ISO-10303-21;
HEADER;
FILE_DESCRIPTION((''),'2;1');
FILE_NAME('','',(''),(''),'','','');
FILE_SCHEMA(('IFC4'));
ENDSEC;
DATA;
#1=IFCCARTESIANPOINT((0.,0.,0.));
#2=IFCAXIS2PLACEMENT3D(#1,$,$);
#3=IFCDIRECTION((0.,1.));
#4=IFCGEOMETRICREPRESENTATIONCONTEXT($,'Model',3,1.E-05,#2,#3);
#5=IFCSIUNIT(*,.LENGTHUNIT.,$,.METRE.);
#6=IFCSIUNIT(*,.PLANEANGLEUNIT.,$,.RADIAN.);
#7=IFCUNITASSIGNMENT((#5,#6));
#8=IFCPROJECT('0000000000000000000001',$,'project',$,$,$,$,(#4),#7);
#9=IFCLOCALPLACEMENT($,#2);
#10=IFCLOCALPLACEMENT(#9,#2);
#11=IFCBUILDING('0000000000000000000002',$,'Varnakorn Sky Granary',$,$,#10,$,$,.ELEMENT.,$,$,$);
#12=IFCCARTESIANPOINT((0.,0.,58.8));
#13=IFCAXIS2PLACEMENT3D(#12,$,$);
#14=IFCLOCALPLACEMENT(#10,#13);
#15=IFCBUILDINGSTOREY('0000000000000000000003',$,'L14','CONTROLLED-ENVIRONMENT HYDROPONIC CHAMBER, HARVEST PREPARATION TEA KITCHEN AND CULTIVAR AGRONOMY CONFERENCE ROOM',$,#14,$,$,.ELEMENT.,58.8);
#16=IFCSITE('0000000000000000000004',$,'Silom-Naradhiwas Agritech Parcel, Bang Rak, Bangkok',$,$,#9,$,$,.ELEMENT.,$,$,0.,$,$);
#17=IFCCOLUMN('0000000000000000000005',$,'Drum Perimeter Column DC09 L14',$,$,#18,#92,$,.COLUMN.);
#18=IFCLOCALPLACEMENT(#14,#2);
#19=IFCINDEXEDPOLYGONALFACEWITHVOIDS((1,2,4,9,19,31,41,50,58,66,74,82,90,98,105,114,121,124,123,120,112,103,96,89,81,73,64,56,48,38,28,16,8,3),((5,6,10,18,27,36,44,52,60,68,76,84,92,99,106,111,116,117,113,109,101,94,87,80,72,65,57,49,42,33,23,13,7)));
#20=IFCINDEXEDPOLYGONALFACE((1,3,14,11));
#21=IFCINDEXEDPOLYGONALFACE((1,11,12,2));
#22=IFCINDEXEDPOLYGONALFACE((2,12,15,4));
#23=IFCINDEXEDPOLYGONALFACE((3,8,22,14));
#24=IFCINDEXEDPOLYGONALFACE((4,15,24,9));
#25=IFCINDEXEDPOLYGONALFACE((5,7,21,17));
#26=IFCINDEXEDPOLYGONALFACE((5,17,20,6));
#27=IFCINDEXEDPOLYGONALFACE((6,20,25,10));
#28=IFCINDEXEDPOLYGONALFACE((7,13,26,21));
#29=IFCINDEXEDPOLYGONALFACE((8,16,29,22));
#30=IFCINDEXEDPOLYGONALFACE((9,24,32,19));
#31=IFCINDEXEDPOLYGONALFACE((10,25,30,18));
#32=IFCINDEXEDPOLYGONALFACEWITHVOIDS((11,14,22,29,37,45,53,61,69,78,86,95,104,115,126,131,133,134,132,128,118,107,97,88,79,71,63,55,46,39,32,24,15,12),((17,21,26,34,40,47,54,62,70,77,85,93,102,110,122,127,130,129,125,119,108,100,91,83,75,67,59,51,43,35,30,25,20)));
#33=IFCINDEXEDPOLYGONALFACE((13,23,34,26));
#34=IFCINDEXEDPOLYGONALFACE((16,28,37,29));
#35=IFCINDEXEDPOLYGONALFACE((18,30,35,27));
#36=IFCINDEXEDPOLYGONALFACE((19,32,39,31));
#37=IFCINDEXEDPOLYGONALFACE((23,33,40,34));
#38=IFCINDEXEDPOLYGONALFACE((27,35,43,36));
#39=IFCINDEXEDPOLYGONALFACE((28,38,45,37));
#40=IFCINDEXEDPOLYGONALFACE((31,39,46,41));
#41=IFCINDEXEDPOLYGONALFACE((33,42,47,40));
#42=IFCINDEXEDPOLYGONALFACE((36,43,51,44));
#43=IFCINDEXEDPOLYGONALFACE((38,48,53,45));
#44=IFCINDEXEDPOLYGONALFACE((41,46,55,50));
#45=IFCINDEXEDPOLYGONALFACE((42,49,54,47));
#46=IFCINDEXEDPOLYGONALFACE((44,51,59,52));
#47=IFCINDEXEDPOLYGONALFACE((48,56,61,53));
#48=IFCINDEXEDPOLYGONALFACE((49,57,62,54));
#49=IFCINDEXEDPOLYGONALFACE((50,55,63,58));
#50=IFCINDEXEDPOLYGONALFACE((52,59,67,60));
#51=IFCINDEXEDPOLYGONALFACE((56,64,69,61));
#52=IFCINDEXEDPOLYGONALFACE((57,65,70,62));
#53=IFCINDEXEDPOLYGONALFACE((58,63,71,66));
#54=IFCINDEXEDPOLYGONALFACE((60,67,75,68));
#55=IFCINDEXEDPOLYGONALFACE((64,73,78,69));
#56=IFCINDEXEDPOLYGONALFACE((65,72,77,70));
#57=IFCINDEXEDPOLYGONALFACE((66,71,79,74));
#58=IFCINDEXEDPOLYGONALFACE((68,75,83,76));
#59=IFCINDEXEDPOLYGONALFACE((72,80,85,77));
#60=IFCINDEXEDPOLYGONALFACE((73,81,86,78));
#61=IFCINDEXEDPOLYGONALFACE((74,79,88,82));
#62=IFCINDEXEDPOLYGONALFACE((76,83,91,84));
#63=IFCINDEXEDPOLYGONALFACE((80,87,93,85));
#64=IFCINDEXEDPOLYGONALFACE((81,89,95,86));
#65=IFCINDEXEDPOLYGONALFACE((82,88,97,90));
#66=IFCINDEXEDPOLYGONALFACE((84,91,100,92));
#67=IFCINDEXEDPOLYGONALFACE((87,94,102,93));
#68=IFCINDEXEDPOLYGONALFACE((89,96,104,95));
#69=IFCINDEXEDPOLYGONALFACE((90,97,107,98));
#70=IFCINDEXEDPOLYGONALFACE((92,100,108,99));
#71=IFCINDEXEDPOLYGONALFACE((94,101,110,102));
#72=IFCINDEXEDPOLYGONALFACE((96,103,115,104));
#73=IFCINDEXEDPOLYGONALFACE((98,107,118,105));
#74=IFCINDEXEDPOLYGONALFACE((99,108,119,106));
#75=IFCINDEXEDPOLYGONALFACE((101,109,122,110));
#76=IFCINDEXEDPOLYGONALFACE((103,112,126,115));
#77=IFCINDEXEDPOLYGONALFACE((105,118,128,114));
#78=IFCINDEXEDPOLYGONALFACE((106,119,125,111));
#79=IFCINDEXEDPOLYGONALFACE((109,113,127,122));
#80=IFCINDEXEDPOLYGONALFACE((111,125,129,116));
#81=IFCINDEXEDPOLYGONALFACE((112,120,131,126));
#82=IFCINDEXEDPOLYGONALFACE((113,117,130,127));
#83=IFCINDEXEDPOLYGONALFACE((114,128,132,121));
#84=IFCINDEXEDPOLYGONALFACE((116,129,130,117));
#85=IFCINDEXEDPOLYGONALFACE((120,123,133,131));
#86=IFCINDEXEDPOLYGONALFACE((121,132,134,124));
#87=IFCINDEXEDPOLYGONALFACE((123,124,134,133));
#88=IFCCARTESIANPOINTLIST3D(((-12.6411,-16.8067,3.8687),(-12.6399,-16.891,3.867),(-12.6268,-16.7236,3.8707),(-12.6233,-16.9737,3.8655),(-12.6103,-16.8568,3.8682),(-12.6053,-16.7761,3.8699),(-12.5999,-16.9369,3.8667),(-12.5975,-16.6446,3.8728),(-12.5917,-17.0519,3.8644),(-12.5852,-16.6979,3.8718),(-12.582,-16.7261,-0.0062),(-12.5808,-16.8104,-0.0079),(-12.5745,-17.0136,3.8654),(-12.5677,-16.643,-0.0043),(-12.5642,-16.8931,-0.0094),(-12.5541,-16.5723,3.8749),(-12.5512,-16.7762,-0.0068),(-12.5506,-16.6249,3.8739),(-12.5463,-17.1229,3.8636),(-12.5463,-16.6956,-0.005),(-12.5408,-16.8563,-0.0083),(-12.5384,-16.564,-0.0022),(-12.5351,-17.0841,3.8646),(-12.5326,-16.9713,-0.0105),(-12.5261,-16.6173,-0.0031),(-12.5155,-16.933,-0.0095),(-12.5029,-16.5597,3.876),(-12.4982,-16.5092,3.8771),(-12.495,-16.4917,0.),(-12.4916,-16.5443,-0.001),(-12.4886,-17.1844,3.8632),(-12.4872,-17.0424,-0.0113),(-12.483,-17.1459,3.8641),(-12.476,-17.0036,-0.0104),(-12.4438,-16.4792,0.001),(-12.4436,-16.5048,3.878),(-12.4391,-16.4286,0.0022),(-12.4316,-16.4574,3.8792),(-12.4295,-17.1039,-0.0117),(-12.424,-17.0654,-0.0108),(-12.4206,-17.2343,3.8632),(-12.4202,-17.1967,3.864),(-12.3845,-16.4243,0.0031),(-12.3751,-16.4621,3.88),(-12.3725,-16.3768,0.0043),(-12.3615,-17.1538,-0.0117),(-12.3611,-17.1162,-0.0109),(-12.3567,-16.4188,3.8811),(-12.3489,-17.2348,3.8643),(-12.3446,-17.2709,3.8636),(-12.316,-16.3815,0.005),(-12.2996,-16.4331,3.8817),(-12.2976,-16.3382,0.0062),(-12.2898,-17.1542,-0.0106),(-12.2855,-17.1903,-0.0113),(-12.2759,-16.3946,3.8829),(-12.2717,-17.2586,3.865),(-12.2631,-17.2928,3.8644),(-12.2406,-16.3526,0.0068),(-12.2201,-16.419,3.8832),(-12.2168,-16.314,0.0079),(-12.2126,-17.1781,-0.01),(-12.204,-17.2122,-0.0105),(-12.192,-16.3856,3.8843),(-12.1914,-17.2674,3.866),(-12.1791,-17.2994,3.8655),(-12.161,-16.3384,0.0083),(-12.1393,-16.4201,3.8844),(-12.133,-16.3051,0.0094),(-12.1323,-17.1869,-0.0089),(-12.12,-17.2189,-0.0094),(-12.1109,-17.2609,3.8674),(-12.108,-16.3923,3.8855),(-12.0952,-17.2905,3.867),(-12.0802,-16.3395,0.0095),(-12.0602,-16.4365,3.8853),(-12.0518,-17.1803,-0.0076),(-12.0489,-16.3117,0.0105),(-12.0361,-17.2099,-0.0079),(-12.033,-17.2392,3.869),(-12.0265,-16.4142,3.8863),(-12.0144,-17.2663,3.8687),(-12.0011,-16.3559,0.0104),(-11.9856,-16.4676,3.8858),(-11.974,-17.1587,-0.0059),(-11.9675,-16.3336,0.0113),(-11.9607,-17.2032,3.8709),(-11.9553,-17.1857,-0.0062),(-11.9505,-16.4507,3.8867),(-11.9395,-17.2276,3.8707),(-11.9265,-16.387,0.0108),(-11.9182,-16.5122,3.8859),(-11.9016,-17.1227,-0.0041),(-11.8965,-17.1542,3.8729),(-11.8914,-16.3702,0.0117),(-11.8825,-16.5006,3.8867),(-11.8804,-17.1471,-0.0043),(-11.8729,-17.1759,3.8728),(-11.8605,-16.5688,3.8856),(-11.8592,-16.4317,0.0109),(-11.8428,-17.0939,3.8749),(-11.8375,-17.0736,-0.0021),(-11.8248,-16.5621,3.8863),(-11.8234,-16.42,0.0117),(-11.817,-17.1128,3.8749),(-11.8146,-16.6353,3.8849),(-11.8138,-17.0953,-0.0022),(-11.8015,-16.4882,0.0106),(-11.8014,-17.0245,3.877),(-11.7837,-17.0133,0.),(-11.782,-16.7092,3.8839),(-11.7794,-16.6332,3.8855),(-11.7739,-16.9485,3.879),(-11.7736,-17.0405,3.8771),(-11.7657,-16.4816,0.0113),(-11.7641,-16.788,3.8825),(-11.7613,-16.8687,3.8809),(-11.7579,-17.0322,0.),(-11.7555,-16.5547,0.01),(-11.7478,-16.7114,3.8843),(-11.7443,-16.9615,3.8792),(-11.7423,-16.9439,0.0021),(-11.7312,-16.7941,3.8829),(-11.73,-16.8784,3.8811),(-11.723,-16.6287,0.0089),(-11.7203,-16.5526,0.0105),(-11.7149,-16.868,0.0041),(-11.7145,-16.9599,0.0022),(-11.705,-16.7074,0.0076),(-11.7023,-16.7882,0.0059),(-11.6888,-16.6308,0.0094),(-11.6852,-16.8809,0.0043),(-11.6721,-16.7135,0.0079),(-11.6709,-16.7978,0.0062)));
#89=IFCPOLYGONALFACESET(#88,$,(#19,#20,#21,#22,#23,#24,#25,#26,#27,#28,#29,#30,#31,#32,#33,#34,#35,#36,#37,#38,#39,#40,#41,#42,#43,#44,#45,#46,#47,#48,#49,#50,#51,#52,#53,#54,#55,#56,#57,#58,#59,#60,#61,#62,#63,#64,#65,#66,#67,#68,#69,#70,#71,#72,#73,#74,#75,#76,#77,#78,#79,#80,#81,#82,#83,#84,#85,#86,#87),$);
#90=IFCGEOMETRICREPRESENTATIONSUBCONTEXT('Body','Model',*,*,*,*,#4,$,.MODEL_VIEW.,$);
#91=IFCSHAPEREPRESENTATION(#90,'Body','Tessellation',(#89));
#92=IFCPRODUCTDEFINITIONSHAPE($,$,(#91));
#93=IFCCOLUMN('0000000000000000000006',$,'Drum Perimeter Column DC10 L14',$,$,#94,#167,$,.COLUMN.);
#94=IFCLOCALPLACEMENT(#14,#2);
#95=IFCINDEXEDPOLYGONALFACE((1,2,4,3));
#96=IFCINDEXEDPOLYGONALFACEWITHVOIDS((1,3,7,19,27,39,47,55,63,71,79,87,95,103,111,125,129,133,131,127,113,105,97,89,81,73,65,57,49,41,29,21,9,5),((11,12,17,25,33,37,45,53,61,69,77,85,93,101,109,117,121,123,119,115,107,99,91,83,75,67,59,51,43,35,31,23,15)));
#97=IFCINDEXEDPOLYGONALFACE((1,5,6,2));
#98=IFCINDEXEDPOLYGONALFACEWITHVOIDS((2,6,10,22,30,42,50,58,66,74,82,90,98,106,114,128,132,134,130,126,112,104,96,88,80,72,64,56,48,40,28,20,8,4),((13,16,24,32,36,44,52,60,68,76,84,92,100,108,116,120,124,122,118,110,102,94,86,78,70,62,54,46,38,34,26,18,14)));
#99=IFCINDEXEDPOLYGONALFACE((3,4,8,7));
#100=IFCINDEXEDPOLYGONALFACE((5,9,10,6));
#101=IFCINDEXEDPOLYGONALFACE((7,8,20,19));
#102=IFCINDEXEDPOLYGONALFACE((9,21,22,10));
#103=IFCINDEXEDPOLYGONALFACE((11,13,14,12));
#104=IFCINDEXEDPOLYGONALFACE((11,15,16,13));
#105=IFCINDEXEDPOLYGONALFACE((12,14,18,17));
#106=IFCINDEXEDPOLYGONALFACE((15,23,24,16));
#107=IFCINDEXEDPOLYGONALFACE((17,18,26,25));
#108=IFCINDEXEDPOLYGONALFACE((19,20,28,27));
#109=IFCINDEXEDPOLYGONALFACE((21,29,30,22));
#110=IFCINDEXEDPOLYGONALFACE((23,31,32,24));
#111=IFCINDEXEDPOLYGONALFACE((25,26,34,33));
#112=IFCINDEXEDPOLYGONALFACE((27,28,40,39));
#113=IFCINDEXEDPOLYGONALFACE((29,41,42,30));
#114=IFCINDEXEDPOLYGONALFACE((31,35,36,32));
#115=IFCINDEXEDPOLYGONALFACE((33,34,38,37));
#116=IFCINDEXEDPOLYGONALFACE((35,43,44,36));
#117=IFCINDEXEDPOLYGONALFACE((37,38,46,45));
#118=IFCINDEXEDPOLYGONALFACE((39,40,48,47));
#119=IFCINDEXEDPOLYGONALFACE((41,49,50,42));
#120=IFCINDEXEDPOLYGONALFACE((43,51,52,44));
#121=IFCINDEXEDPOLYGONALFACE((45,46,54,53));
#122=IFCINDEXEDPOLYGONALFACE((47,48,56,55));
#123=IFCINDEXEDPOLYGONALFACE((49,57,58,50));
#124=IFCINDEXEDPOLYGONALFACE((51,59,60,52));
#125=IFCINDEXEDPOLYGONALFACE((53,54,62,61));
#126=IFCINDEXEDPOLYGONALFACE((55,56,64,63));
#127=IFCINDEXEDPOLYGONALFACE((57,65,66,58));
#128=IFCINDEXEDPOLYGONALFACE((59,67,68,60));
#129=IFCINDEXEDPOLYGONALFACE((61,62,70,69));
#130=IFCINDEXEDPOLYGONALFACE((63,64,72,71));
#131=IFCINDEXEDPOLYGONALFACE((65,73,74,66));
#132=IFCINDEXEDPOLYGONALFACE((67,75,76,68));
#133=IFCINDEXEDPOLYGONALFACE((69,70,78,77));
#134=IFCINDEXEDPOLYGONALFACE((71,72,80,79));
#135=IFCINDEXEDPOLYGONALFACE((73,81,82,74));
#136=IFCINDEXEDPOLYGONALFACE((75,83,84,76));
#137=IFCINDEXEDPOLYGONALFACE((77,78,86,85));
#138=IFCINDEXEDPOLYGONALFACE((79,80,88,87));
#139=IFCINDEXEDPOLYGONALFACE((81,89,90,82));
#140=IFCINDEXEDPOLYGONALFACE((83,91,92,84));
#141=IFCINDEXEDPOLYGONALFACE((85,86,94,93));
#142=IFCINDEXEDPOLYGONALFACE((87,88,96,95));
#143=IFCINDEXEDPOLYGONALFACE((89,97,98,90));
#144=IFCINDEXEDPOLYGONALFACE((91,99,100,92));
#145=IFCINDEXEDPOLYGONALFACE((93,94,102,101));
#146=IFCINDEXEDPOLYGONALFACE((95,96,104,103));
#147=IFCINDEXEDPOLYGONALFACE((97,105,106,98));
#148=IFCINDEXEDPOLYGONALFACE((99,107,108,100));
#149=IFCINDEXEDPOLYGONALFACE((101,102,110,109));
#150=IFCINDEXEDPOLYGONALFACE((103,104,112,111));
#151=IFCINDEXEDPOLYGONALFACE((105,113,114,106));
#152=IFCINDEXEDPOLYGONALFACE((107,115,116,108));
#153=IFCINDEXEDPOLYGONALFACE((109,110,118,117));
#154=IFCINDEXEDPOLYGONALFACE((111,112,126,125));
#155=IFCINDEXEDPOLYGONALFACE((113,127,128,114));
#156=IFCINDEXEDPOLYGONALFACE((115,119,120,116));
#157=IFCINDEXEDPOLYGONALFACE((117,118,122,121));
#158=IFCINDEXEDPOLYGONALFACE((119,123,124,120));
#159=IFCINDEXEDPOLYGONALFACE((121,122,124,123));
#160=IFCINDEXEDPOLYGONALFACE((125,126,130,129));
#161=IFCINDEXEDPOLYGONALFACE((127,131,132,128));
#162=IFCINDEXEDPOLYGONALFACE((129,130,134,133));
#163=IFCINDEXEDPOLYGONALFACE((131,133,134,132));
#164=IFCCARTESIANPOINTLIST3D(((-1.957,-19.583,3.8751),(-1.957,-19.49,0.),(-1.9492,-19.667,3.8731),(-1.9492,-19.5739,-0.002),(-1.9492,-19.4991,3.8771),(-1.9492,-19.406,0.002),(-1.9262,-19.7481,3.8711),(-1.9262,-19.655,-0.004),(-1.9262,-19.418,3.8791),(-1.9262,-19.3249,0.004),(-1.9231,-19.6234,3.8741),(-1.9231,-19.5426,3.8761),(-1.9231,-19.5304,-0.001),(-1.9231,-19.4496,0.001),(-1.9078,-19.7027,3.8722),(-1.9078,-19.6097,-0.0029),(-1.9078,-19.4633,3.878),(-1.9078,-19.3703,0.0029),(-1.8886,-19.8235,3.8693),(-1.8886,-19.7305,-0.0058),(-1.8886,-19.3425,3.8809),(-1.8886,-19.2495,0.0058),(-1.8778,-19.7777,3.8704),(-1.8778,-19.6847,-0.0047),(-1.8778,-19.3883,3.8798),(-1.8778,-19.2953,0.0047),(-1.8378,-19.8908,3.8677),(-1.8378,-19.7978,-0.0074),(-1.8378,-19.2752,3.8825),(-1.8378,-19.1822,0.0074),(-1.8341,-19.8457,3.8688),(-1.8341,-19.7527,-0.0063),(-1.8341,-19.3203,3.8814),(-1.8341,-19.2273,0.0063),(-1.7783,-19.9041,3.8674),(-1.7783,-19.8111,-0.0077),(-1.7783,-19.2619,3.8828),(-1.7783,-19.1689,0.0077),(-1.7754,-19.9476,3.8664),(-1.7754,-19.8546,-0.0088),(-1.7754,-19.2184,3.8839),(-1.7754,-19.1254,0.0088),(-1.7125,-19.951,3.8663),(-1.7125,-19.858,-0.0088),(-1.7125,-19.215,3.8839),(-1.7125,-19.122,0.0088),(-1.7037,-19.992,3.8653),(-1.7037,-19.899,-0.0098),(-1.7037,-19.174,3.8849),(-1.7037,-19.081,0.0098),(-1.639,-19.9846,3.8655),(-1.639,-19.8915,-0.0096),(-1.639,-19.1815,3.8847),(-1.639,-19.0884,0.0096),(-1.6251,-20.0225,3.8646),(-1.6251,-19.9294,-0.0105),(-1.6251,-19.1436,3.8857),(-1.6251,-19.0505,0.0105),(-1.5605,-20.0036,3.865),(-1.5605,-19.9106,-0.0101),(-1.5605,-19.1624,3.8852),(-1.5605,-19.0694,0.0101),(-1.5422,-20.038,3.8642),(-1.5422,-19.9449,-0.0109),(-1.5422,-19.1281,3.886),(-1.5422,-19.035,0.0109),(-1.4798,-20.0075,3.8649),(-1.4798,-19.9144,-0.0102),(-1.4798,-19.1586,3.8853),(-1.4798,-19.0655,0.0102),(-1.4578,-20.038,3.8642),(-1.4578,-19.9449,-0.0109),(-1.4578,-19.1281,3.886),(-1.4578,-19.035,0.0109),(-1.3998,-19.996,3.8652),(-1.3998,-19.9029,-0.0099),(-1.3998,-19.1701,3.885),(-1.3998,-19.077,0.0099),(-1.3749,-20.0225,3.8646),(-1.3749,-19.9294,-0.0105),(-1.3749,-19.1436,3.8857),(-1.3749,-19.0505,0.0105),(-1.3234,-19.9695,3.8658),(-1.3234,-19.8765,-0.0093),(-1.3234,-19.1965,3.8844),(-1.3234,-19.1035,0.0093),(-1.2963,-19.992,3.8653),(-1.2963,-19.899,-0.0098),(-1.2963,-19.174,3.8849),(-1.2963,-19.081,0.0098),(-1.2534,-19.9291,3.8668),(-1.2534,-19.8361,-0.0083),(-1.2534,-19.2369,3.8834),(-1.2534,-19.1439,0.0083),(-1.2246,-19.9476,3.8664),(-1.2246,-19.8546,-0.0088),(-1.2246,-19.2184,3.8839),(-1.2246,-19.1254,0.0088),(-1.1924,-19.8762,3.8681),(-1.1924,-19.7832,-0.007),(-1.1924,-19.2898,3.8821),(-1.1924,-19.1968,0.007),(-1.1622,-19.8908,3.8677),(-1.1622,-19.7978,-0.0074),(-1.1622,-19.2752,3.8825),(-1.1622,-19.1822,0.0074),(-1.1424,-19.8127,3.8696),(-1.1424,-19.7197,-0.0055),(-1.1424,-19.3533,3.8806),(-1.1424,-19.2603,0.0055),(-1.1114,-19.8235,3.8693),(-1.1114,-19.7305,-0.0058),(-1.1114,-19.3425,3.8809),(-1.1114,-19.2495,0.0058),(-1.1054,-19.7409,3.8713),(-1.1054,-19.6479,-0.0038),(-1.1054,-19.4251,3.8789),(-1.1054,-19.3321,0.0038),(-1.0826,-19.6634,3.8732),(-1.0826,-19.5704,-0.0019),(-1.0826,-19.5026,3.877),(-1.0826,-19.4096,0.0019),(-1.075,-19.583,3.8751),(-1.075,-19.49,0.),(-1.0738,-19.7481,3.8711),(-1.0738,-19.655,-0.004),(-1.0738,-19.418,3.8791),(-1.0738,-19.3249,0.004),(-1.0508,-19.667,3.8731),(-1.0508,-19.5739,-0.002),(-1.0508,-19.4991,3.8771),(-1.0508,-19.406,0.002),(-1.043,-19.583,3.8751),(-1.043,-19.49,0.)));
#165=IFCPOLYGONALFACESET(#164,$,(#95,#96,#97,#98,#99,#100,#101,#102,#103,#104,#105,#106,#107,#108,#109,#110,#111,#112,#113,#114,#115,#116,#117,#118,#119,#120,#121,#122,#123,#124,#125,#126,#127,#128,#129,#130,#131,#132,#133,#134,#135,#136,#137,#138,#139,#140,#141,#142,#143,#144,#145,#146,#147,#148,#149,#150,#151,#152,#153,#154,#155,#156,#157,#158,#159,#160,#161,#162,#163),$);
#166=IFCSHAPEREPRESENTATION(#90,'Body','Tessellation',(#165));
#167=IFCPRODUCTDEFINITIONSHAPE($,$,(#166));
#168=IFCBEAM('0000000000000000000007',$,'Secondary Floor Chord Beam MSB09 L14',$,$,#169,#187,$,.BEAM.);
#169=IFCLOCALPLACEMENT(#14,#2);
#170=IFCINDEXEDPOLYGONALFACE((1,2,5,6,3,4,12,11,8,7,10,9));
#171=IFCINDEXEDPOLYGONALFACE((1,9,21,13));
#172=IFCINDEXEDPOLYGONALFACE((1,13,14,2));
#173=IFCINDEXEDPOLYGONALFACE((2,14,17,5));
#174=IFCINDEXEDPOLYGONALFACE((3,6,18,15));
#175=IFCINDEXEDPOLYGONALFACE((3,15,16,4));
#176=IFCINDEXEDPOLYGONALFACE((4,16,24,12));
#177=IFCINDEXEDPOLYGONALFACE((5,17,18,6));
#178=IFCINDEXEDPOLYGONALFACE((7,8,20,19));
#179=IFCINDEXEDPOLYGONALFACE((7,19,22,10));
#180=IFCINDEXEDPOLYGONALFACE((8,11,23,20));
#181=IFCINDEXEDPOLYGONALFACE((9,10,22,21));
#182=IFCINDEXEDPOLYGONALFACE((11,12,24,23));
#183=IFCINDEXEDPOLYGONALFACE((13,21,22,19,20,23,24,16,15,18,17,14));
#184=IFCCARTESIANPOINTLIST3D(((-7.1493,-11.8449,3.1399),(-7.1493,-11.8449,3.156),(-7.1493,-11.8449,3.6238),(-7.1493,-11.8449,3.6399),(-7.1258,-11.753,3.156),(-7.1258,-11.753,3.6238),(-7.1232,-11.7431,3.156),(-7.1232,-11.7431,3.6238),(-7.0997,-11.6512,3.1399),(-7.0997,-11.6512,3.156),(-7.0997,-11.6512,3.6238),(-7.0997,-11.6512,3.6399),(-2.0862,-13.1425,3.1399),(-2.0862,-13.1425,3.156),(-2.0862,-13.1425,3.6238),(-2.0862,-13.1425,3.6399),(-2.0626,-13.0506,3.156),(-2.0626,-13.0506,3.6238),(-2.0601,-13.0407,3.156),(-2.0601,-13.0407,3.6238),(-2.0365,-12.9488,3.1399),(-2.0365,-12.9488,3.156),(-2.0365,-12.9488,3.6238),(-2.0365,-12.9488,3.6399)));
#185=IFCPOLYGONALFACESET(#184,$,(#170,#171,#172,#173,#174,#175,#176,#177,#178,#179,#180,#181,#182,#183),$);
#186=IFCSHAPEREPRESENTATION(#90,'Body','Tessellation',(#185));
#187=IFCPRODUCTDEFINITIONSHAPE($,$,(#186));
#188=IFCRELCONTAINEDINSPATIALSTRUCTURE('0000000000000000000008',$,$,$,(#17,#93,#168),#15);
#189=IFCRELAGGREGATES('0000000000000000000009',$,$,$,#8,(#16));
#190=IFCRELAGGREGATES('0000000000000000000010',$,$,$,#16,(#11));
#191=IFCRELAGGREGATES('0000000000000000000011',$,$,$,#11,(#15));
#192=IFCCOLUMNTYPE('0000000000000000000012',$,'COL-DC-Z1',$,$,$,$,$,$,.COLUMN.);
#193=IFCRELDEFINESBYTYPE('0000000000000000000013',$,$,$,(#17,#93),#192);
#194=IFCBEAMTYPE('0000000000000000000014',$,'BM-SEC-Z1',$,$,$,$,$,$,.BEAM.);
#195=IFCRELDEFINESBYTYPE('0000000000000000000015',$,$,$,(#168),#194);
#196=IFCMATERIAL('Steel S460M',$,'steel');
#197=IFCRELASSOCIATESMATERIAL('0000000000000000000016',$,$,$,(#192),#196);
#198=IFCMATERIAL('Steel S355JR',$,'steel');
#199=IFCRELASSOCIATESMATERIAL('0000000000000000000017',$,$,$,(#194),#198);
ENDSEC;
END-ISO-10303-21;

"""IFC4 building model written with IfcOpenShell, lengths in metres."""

from ifc_helpers import new_model, si_unit, direction, frame, origin, origin_2d, place, context, subcontext, project, spatial, hollow_circle, i_section, extrude, material, material_profile, profile_set, type_object, element, save


model = new_model("IFC4")

# Units and contexts
model_context = context("Model", 3, precision=1e-05, world=origin(), true_north=direction((0.0, 1.0)))
body_context = subcontext(model_context, "Body", "Model", "MODEL_VIEW")
ifc_project = project(units=[si_unit("LENGTHUNIT", "METRE"), si_unit("PLANEANGLEUNIT", "RADIAN")], contexts=[model_context])

# Site, building, storey
site_placement = place(None, origin())
site = spatial("IfcSite", under=ifc_project, at=site_placement, Name="Silom-Naradhiwas Agritech Parcel, Bang Rak, Bangkok", CompositionType="ELEMENT", RefElevation=0.0)
building_placement = place(site_placement, origin())
building = spatial("IfcBuilding", under=site, at=building_placement, Name="Varnakorn Sky Granary", CompositionType="ELEMENT")
storey_placement = place(building_placement, frame((0.0, 0.0, 58.8)))
storey = spatial("IfcBuildingStorey", under=building, at=storey_placement, Name="L14", Description="CONTROLLED-ENVIRONMENT HYDROPONIC CHAMBER, HARVEST PREPARATION TEA KITCHEN AND CULTIVAR AGRONOMY CONFERENCE ROOM", CompositionType="ELEMENT", Elevation=58.8)

# Columns
ifc_material_1 = material(Name="Steel S460M", Category="steel")
ifc_material_profile_1 = material_profile(ifc_material_1, hollow_circle(Radius=0.457, WallThickness=0.032, at=origin_2d()), Name="CHS 914x32")
ifc_profile_set_1 = profile_set([ifc_material_profile_1], Name="Steel S460M")
column_type = type_object("IfcColumnType", Name="COL-DC-Z1", PredefinedType="COLUMN", material=ifc_profile_set_1)
for number, where, z_axis, x_axis, name in (
    (1, (-12.1265, -16.762, 0.0), (-0.015242, -0.020784, 0.999668), (0.806405, -0.591364, 0.0), "Drum Perimeter Column DC09 L14"),
    (2, (-1.5, -19.49, 0.0), (0.0, -0.023998, 0.999712), (1.0, 0.0, 0.0), "Drum Perimeter Column DC10 L14"),
):
    element("IfcColumn", number, at=place(storey_placement, frame(where, z_axis=z_axis, x_axis=x_axis)), inside=storey, type_object=column_type, Name=name, PredefinedType="COLUMN", context=body_context, shape_type="SweptSolid", body=[
        extrude(hollow_circle(Radius=0.457, WallThickness=0.032, at=origin_2d()), origin(), (0.0, 0.0, 1.0), 3.8762),
    ])

# Beam
ifc_material_2 = material(Name="Steel S355JR", Category="steel")
ifc_material_profile_2 = material_profile(ifc_material_2, i_section(OverallWidth=0.2, OverallDepth=0.5, WebThickness=0.0103, FlangeThickness=0.0161, at=origin_2d()), Name="IPE 500")
ifc_profile_set_2 = profile_set([ifc_material_profile_2], Name="Steel S355JR")
beam_type_1 = type_object("IfcBeamType", Name="BM-SEC-Z1", PredefinedType="BEAM", material=ifc_profile_set_2)
beam_1_placement = place(storey_placement, frame((-7.1245, -11.748, 3.3899), z_axis=(0.968694, -0.248257, 0.0), x_axis=(0.248257, 0.968694, 0.0)))
element("IfcBeam", 3, at=beam_1_placement, inside=storey, type_object=beam_type_1, Name="Secondary Floor Chord Beam MSB09 L14", PredefinedType="BEAM", context=body_context, shape_type="SweptSolid", body=[
    extrude(i_section(OverallWidth=0.2, OverallDepth=0.5, WebThickness=0.0103, FlangeThickness=0.0161, at=origin_2d()), origin(), (0.0, 0.0, 1.0), 5.2268),
])

save(model, "model.ifc")
